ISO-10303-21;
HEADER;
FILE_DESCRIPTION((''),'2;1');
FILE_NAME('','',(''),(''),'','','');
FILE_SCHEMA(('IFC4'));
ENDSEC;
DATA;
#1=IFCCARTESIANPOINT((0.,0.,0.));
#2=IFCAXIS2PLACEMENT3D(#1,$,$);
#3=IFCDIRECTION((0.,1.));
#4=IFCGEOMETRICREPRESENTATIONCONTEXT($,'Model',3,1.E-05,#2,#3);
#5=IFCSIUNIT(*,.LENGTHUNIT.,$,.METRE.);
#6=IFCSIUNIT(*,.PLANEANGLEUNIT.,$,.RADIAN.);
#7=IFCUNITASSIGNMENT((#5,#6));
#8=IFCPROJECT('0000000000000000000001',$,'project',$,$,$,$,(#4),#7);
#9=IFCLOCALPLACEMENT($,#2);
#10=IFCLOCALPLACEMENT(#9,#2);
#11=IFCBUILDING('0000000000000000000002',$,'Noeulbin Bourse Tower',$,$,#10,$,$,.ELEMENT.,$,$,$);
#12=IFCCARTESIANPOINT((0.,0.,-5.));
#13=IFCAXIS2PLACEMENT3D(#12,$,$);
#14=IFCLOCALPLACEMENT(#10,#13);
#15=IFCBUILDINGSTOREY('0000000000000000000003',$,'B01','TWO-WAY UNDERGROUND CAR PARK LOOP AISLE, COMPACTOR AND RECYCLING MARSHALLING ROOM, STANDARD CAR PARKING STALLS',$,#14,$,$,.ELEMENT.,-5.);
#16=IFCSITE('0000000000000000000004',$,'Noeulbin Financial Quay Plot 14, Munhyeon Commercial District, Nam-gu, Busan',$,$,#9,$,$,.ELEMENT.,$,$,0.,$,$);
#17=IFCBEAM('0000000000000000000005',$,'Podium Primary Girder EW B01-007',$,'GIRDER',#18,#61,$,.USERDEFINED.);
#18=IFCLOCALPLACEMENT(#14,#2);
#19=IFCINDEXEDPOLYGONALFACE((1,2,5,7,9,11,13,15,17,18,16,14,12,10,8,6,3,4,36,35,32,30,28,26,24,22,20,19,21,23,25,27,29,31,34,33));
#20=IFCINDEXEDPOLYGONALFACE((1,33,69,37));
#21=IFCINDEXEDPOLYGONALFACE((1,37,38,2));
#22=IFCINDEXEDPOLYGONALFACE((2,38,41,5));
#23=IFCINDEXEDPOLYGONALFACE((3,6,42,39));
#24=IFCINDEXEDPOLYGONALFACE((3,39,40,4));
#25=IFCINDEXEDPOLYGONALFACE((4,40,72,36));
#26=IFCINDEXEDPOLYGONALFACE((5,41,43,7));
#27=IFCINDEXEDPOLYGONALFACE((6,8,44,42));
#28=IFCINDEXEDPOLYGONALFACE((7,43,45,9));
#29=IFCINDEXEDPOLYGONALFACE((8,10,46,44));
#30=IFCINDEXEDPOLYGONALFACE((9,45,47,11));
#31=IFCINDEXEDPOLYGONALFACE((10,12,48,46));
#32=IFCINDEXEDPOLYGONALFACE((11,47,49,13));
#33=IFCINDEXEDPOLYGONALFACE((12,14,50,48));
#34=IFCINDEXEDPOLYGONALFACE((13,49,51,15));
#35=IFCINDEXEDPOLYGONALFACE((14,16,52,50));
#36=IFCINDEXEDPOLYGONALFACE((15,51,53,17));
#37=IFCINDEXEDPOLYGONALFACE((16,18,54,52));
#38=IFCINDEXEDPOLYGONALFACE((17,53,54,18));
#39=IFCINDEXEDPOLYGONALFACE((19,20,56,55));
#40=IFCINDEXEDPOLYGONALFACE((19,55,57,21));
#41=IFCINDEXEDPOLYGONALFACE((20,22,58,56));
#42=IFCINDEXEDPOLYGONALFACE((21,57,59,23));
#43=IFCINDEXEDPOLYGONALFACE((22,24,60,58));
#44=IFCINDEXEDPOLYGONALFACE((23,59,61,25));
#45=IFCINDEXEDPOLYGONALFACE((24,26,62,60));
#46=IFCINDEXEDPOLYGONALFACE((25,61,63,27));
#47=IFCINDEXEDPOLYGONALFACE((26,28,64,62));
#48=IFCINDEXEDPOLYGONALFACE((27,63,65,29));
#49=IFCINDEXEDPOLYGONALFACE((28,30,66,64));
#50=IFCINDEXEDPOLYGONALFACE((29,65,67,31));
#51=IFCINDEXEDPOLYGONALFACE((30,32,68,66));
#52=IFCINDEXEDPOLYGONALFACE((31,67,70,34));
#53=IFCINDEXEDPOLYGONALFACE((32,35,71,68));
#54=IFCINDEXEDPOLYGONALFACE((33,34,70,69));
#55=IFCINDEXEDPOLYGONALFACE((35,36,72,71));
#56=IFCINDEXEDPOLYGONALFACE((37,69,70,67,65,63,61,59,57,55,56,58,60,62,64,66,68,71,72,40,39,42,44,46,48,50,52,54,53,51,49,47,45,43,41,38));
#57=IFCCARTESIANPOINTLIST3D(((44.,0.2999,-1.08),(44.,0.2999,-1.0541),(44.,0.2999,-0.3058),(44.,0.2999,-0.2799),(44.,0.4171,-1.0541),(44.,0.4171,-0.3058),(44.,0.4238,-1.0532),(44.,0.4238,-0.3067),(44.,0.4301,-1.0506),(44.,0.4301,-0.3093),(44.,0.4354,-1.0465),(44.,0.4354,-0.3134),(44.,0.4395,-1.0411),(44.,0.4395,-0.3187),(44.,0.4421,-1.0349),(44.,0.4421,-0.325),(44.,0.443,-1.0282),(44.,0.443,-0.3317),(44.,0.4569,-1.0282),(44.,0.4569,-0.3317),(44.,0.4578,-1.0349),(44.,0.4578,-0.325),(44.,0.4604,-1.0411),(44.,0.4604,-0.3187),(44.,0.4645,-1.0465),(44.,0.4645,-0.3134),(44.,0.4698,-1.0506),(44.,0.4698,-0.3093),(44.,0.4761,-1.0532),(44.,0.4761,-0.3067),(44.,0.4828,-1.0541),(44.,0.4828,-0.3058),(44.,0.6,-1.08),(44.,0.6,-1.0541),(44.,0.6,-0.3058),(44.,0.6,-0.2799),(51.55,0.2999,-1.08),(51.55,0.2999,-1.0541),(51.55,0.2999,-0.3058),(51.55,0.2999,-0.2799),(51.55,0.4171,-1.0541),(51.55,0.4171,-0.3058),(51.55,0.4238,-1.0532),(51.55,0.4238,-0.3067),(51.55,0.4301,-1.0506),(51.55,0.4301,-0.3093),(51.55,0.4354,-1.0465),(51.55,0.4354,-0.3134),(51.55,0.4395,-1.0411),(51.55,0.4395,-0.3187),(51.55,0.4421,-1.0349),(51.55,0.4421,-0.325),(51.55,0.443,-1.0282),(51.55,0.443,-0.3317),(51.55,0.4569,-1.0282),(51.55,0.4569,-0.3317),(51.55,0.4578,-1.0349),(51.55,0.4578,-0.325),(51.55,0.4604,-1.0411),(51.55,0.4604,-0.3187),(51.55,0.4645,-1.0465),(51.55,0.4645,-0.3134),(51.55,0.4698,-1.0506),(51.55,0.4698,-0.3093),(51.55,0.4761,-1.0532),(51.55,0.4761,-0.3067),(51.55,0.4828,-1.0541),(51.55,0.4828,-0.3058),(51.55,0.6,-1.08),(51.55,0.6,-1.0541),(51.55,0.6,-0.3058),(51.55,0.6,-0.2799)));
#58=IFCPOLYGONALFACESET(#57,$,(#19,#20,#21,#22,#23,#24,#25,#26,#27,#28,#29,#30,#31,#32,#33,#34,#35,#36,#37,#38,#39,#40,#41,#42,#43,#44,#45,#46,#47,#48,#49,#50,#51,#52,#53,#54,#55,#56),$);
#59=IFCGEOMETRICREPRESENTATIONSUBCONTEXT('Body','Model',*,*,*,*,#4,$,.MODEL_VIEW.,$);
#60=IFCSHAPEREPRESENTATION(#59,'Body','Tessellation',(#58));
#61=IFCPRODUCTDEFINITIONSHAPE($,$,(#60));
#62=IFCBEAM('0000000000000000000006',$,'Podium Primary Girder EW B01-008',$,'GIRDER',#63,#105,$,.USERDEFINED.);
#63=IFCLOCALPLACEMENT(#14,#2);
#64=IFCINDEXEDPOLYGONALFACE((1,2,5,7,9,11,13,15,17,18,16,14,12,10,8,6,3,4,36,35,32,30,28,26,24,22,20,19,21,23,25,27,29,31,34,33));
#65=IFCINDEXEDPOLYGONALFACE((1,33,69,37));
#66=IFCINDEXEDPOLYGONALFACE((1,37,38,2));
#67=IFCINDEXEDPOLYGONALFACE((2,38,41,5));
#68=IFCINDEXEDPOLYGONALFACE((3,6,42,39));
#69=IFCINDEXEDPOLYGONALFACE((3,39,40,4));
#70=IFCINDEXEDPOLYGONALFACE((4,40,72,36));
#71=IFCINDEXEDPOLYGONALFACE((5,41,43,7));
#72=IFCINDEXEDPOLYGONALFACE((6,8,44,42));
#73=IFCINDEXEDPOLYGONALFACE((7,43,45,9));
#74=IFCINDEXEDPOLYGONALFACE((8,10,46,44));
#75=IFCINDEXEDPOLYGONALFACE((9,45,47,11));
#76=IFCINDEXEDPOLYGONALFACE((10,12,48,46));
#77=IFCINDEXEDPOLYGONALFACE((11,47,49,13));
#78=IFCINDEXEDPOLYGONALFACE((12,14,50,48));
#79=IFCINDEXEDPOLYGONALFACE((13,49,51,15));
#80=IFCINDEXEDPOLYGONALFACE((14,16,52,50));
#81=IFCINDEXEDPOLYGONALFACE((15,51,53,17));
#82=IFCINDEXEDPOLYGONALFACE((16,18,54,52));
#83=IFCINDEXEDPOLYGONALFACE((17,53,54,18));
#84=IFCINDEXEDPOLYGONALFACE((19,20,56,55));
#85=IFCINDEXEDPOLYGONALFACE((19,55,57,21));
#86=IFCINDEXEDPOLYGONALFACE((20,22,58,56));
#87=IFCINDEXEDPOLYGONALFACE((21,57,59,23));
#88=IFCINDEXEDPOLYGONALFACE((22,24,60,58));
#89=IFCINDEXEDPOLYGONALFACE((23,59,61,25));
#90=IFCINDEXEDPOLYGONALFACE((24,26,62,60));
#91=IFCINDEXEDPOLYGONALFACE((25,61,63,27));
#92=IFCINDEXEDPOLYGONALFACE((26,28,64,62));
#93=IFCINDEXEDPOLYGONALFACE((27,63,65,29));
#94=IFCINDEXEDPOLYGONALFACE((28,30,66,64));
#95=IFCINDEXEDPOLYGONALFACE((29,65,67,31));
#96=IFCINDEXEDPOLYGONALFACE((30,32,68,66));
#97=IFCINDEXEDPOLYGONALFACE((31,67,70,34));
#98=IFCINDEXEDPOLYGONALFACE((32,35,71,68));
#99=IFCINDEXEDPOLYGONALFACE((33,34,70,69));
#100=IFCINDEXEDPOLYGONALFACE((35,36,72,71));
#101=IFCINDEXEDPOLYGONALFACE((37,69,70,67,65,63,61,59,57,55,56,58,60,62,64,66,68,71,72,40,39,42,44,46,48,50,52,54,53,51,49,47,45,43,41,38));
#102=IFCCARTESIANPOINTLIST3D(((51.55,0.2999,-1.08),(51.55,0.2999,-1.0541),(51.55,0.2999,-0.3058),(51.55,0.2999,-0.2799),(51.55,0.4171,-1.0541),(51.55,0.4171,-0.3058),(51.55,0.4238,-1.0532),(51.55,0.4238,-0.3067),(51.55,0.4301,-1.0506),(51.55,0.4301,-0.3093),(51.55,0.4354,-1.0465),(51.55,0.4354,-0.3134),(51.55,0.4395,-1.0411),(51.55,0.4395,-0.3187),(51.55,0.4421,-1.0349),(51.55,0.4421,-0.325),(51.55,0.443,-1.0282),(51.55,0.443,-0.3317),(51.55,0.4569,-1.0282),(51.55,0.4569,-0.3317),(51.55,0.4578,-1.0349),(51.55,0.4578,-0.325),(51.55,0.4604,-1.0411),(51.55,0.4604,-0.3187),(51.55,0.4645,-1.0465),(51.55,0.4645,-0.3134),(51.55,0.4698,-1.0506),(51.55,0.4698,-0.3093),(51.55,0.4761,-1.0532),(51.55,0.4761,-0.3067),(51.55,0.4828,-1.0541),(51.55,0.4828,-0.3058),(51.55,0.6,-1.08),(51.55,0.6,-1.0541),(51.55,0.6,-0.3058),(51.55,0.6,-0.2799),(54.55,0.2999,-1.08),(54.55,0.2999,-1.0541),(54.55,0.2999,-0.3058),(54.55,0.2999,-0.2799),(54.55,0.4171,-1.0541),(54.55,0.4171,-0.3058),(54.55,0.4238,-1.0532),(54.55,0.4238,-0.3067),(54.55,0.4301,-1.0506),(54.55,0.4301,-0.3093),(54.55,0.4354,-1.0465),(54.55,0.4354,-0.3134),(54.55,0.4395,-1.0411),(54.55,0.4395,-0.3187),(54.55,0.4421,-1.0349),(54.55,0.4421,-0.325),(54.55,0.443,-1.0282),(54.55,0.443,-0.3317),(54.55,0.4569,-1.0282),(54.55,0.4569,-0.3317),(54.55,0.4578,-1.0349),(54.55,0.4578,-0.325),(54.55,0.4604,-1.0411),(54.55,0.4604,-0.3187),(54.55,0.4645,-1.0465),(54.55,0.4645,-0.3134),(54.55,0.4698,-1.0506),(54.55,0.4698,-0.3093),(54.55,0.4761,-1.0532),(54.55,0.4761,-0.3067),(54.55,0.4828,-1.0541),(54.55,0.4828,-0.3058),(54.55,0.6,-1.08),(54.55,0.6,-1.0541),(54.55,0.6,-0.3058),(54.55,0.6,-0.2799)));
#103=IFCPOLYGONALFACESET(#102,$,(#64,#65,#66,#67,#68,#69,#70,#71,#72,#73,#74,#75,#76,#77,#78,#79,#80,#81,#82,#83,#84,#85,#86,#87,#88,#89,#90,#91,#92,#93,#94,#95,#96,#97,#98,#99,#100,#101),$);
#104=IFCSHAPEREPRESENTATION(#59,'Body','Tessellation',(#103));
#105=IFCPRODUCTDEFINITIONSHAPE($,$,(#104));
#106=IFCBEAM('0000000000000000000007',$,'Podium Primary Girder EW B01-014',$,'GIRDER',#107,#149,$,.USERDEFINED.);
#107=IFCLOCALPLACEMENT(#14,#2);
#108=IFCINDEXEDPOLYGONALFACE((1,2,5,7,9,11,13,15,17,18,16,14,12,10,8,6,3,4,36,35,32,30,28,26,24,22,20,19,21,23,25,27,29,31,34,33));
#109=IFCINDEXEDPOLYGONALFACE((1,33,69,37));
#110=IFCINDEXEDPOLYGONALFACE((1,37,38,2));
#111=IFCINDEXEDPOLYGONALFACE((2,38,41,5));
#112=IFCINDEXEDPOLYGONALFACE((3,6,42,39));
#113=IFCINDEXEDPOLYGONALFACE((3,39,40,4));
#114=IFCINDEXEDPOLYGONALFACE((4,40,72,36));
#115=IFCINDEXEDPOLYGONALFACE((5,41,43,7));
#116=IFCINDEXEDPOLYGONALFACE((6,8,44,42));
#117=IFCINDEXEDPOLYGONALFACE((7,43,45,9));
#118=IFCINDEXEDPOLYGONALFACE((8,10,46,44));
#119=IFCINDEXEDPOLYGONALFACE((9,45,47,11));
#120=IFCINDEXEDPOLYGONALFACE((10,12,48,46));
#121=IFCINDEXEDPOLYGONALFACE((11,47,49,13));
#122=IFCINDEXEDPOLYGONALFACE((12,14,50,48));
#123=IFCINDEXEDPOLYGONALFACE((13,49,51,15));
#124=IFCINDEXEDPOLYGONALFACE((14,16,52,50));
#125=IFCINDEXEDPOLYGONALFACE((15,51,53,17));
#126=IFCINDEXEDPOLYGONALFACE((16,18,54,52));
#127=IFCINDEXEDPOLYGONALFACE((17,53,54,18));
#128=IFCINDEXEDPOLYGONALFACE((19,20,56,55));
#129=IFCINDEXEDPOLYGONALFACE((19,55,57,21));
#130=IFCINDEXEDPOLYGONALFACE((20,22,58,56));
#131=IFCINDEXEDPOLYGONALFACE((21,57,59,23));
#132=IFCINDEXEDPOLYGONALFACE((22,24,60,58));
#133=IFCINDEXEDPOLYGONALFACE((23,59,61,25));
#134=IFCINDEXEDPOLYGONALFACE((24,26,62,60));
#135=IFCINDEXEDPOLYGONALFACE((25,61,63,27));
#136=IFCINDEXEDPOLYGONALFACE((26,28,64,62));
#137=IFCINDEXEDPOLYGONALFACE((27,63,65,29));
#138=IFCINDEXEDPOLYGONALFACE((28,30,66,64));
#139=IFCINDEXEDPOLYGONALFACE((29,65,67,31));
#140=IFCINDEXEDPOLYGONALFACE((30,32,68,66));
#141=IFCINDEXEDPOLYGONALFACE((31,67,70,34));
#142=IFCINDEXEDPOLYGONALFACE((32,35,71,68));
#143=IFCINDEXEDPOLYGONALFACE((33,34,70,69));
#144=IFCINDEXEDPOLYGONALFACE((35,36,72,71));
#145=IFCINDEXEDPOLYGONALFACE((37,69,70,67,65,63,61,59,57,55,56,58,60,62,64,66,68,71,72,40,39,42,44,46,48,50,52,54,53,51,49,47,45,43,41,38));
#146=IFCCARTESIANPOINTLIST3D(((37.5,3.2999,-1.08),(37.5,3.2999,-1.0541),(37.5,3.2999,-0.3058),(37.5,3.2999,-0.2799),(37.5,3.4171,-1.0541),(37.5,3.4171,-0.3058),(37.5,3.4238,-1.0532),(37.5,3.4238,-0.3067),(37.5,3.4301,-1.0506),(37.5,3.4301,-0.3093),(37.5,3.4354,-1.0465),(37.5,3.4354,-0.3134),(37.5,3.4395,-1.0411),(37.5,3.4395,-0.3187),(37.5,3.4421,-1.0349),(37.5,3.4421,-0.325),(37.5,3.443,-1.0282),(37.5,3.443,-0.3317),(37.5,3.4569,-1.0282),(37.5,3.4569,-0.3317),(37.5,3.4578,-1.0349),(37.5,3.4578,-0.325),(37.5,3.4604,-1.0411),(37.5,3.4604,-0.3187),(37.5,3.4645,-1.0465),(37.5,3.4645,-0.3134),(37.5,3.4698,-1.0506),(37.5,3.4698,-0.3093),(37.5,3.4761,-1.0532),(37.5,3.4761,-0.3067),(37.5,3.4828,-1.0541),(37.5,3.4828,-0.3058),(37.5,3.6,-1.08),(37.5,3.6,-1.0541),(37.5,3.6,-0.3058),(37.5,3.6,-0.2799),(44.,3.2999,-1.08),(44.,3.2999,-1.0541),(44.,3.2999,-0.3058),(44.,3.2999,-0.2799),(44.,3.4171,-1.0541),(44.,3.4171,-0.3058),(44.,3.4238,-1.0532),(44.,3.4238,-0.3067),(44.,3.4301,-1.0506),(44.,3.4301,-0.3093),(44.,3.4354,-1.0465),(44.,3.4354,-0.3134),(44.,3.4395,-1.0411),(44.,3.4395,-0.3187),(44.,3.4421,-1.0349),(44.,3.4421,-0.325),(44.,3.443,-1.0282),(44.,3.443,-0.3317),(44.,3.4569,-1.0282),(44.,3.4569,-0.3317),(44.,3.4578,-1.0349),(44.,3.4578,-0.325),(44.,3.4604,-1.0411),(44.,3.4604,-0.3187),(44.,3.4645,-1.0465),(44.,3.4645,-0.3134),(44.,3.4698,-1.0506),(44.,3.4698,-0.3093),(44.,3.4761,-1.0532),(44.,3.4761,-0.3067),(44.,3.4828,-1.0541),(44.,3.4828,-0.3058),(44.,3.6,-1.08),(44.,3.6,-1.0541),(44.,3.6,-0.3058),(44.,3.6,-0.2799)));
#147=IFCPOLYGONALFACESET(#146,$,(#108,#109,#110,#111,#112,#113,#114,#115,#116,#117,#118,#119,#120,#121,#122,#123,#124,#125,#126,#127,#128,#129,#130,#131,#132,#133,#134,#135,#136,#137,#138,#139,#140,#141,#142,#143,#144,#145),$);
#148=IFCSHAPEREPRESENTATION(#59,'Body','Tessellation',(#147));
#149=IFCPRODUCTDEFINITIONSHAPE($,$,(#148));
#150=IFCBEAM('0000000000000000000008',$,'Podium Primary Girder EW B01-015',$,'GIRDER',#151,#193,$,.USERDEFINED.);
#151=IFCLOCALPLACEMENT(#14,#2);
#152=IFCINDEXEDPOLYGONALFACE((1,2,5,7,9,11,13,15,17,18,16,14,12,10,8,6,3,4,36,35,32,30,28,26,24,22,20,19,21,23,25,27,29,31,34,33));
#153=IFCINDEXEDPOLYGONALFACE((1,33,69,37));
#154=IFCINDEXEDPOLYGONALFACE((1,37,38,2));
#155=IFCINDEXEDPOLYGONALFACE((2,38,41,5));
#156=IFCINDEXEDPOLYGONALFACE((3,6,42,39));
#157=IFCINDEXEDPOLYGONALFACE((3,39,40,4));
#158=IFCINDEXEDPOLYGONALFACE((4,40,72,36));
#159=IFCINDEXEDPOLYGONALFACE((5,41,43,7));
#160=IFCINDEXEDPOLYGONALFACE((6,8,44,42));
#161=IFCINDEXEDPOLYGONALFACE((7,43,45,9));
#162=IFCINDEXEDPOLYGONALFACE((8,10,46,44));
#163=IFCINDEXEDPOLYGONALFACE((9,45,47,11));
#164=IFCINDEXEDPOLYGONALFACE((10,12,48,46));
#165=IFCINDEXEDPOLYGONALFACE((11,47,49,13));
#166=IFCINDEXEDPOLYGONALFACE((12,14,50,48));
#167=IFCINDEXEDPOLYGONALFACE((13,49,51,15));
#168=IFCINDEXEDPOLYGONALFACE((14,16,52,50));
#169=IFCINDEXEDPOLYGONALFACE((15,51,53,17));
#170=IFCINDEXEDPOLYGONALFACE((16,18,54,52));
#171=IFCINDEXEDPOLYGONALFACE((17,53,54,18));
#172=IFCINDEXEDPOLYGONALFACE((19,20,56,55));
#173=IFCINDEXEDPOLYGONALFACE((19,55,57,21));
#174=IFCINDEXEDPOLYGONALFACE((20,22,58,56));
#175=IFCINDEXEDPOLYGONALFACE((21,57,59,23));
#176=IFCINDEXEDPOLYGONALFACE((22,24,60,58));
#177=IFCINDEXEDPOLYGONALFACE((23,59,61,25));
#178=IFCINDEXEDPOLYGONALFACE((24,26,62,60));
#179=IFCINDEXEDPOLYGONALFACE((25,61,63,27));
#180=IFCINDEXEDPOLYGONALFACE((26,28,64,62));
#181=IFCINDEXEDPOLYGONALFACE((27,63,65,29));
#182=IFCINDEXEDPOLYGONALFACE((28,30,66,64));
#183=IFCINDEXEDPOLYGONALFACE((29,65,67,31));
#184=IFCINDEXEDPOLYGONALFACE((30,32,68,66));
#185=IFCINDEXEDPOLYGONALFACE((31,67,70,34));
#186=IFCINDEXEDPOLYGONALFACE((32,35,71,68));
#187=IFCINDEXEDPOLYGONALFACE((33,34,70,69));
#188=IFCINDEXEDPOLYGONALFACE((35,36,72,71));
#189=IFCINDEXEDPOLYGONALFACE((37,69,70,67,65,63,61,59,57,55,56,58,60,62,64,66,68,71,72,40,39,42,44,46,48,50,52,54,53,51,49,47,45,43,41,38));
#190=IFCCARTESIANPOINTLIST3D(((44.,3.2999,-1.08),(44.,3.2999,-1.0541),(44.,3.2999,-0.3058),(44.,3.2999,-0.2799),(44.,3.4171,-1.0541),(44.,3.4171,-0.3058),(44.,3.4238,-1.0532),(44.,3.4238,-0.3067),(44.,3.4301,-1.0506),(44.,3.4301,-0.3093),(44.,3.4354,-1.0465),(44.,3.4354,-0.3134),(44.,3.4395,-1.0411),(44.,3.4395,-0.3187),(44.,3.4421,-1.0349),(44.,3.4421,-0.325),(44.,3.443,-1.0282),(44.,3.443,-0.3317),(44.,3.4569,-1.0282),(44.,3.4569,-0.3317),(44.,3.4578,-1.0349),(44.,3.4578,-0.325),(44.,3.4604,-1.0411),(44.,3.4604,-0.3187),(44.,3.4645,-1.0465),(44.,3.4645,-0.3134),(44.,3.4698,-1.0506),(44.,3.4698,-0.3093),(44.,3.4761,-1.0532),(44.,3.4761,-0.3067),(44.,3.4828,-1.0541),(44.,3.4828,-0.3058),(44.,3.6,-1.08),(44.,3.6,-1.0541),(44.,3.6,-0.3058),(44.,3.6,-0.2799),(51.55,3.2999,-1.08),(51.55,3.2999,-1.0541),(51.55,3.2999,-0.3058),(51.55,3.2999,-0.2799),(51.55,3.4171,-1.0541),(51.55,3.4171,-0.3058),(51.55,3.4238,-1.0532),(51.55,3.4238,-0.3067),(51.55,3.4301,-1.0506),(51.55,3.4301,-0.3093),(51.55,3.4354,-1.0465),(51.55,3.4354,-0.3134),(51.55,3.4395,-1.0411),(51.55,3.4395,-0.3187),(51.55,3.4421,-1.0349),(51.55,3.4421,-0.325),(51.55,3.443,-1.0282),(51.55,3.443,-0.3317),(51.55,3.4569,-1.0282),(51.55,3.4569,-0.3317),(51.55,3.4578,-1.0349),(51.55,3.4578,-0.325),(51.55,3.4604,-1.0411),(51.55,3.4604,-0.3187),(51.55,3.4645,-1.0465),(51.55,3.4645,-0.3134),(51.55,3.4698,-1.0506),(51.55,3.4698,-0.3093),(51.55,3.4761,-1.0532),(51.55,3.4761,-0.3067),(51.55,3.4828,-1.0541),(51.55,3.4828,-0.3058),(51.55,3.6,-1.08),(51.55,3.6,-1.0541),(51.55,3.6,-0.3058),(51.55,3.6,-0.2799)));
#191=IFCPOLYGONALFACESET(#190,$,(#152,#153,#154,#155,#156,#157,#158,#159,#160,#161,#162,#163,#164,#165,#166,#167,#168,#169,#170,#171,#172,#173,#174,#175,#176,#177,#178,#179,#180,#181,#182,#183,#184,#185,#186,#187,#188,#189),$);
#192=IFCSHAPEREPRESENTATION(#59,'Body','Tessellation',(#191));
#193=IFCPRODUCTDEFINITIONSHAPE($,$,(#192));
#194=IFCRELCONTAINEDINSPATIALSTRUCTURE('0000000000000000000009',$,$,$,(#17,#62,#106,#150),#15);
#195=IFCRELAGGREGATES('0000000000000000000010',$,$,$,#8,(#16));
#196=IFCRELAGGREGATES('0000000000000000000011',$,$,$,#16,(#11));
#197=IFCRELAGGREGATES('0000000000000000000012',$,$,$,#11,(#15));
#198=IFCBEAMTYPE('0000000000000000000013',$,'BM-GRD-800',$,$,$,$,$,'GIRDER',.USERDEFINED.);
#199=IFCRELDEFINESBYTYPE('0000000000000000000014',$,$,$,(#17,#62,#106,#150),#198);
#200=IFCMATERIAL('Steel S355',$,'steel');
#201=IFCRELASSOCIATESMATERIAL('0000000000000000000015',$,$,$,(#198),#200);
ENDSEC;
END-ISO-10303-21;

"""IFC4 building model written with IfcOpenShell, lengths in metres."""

from ifc_helpers import new_model, si_unit, direction, frame, origin, origin_2d, place, context, subcontext, project, spatial, i_section, extrude, material, material_profile, profile_set, type_object, element, save


model = new_model("IFC4")

# Units and contexts
model_context = context("Model", 3, precision=1e-05, world=origin(), true_north=direction((0.0, 1.0)))
body_context = subcontext(model_context, "Body", "Model", "MODEL_VIEW")
ifc_project = project(units=[si_unit("LENGTHUNIT", "METRE"), si_unit("PLANEANGLEUNIT", "RADIAN")], contexts=[model_context])

# Site, building, storey
site_placement = place(None, origin())
site = spatial("IfcSite", under=ifc_project, at=site_placement, Name="Noeulbin Financial Quay Plot 14, Munhyeon Commercial District, Nam-gu, Busan", CompositionType="ELEMENT", RefElevation=0.0)
building_placement = place(site_placement, origin())
building = spatial("IfcBuilding", under=site, at=building_placement, Name="Noeulbin Bourse Tower", CompositionType="ELEMENT")
storey_placement = place(building_placement, frame((0.0, 0.0, -5.0)))
storey = spatial("IfcBuildingStorey", under=building, at=storey_placement, Name="B01", Description="TWO-WAY UNDERGROUND CAR PARK LOOP AISLE, COMPACTOR AND RECYCLING MARSHALLING ROOM, STANDARD CAR PARKING STALLS", CompositionType="ELEMENT", Elevation=-5.0)

# Beams
ifc_material_1 = material(Name="Steel S355", Category="steel")
ifc_material_profile_1 = material_profile(ifc_material_1, i_section(OverallWidth=0.3, OverallDepth=0.8, WebThickness=0.0139, FlangeThickness=0.0259, FilletRadius=0.0259, at=origin_2d()), Name="H-800x300x14x26", Category="LoadBearing")
ifc_profile_set_1 = profile_set([ifc_material_profile_1], Name="Steel S355")
beam_type_1 = type_object("IfcBeamType", Name="BM-GRD-800", ElementType="GIRDER", PredefinedType="USERDEFINED", material=ifc_profile_set_1)
beam_1_placement = place(storey_placement, frame((44.0, 0.45, -0.6799), z_axis=(1.0, 0.0, 0.0), x_axis=(0.0, 1.0, 0.0)))
element("IfcBeam", 1, at=beam_1_placement, inside=storey, type_object=beam_type_1, Name="Podium Primary Girder EW B01-007", ObjectType="GIRDER", PredefinedType="USERDEFINED", context=body_context, shape_type="SweptSolid", body=[
    extrude(i_section(OverallWidth=0.3, OverallDepth=0.8, WebThickness=0.0139, FlangeThickness=0.0259, FilletRadius=0.0259, at=origin_2d()), origin(), (0.0, 0.0, 1.0), 7.55),
])
beam_2_placement = place(storey_placement, frame((51.55, 0.45, -0.6799), z_axis=(1.0, 0.0, 0.0), x_axis=(0.0, 1.0, 0.0)))
element("IfcBeam", 2, at=beam_2_placement, inside=storey, type_object=beam_type_1, Name="Podium Primary Girder EW B01-008", ObjectType="GIRDER", PredefinedType="USERDEFINED", context=body_context, shape_type="SweptSolid", body=[
    extrude(i_section(OverallWidth=0.3, OverallDepth=0.8, WebThickness=0.0139, FlangeThickness=0.0259, FilletRadius=0.0259, at=origin_2d()), origin(), (0.0, 0.0, 1.0), 3.0),
])
beam_3_placement = place(storey_placement, frame((37.5, 3.45, -0.6799), z_axis=(1.0, 0.0, 0.0), x_axis=(0.0, 1.0, 0.0)))
element("IfcBeam", 3, at=beam_3_placement, inside=storey, type_object=beam_type_1, Name="Podium Primary Girder EW B01-014", ObjectType="GIRDER", PredefinedType="USERDEFINED", context=body_context, shape_type="SweptSolid", body=[
    extrude(i_section(OverallWidth=0.3, OverallDepth=0.8, WebThickness=0.0139, FlangeThickness=0.0259, FilletRadius=0.0259, at=origin_2d()), origin(), (0.0, 0.0, 1.0), 6.5),
])
beam_4_placement = place(storey_placement, frame((44.0, 3.45, -0.6799), z_axis=(1.0, 0.0, 0.0), x_axis=(0.0, 1.0, 0.0)))
element("IfcBeam", 4, at=beam_4_placement, inside=storey, type_object=beam_type_1, Name="Podium Primary Girder EW B01-015", ObjectType="GIRDER", PredefinedType="USERDEFINED", context=body_context, shape_type="SweptSolid", body=[
    extrude(i_section(OverallWidth=0.3, OverallDepth=0.8, WebThickness=0.0139, FlangeThickness=0.0259, FilletRadius=0.0259, at=origin_2d()), origin(), (0.0, 0.0, 1.0), 7.55),
])

save(model, "model.ifc")
